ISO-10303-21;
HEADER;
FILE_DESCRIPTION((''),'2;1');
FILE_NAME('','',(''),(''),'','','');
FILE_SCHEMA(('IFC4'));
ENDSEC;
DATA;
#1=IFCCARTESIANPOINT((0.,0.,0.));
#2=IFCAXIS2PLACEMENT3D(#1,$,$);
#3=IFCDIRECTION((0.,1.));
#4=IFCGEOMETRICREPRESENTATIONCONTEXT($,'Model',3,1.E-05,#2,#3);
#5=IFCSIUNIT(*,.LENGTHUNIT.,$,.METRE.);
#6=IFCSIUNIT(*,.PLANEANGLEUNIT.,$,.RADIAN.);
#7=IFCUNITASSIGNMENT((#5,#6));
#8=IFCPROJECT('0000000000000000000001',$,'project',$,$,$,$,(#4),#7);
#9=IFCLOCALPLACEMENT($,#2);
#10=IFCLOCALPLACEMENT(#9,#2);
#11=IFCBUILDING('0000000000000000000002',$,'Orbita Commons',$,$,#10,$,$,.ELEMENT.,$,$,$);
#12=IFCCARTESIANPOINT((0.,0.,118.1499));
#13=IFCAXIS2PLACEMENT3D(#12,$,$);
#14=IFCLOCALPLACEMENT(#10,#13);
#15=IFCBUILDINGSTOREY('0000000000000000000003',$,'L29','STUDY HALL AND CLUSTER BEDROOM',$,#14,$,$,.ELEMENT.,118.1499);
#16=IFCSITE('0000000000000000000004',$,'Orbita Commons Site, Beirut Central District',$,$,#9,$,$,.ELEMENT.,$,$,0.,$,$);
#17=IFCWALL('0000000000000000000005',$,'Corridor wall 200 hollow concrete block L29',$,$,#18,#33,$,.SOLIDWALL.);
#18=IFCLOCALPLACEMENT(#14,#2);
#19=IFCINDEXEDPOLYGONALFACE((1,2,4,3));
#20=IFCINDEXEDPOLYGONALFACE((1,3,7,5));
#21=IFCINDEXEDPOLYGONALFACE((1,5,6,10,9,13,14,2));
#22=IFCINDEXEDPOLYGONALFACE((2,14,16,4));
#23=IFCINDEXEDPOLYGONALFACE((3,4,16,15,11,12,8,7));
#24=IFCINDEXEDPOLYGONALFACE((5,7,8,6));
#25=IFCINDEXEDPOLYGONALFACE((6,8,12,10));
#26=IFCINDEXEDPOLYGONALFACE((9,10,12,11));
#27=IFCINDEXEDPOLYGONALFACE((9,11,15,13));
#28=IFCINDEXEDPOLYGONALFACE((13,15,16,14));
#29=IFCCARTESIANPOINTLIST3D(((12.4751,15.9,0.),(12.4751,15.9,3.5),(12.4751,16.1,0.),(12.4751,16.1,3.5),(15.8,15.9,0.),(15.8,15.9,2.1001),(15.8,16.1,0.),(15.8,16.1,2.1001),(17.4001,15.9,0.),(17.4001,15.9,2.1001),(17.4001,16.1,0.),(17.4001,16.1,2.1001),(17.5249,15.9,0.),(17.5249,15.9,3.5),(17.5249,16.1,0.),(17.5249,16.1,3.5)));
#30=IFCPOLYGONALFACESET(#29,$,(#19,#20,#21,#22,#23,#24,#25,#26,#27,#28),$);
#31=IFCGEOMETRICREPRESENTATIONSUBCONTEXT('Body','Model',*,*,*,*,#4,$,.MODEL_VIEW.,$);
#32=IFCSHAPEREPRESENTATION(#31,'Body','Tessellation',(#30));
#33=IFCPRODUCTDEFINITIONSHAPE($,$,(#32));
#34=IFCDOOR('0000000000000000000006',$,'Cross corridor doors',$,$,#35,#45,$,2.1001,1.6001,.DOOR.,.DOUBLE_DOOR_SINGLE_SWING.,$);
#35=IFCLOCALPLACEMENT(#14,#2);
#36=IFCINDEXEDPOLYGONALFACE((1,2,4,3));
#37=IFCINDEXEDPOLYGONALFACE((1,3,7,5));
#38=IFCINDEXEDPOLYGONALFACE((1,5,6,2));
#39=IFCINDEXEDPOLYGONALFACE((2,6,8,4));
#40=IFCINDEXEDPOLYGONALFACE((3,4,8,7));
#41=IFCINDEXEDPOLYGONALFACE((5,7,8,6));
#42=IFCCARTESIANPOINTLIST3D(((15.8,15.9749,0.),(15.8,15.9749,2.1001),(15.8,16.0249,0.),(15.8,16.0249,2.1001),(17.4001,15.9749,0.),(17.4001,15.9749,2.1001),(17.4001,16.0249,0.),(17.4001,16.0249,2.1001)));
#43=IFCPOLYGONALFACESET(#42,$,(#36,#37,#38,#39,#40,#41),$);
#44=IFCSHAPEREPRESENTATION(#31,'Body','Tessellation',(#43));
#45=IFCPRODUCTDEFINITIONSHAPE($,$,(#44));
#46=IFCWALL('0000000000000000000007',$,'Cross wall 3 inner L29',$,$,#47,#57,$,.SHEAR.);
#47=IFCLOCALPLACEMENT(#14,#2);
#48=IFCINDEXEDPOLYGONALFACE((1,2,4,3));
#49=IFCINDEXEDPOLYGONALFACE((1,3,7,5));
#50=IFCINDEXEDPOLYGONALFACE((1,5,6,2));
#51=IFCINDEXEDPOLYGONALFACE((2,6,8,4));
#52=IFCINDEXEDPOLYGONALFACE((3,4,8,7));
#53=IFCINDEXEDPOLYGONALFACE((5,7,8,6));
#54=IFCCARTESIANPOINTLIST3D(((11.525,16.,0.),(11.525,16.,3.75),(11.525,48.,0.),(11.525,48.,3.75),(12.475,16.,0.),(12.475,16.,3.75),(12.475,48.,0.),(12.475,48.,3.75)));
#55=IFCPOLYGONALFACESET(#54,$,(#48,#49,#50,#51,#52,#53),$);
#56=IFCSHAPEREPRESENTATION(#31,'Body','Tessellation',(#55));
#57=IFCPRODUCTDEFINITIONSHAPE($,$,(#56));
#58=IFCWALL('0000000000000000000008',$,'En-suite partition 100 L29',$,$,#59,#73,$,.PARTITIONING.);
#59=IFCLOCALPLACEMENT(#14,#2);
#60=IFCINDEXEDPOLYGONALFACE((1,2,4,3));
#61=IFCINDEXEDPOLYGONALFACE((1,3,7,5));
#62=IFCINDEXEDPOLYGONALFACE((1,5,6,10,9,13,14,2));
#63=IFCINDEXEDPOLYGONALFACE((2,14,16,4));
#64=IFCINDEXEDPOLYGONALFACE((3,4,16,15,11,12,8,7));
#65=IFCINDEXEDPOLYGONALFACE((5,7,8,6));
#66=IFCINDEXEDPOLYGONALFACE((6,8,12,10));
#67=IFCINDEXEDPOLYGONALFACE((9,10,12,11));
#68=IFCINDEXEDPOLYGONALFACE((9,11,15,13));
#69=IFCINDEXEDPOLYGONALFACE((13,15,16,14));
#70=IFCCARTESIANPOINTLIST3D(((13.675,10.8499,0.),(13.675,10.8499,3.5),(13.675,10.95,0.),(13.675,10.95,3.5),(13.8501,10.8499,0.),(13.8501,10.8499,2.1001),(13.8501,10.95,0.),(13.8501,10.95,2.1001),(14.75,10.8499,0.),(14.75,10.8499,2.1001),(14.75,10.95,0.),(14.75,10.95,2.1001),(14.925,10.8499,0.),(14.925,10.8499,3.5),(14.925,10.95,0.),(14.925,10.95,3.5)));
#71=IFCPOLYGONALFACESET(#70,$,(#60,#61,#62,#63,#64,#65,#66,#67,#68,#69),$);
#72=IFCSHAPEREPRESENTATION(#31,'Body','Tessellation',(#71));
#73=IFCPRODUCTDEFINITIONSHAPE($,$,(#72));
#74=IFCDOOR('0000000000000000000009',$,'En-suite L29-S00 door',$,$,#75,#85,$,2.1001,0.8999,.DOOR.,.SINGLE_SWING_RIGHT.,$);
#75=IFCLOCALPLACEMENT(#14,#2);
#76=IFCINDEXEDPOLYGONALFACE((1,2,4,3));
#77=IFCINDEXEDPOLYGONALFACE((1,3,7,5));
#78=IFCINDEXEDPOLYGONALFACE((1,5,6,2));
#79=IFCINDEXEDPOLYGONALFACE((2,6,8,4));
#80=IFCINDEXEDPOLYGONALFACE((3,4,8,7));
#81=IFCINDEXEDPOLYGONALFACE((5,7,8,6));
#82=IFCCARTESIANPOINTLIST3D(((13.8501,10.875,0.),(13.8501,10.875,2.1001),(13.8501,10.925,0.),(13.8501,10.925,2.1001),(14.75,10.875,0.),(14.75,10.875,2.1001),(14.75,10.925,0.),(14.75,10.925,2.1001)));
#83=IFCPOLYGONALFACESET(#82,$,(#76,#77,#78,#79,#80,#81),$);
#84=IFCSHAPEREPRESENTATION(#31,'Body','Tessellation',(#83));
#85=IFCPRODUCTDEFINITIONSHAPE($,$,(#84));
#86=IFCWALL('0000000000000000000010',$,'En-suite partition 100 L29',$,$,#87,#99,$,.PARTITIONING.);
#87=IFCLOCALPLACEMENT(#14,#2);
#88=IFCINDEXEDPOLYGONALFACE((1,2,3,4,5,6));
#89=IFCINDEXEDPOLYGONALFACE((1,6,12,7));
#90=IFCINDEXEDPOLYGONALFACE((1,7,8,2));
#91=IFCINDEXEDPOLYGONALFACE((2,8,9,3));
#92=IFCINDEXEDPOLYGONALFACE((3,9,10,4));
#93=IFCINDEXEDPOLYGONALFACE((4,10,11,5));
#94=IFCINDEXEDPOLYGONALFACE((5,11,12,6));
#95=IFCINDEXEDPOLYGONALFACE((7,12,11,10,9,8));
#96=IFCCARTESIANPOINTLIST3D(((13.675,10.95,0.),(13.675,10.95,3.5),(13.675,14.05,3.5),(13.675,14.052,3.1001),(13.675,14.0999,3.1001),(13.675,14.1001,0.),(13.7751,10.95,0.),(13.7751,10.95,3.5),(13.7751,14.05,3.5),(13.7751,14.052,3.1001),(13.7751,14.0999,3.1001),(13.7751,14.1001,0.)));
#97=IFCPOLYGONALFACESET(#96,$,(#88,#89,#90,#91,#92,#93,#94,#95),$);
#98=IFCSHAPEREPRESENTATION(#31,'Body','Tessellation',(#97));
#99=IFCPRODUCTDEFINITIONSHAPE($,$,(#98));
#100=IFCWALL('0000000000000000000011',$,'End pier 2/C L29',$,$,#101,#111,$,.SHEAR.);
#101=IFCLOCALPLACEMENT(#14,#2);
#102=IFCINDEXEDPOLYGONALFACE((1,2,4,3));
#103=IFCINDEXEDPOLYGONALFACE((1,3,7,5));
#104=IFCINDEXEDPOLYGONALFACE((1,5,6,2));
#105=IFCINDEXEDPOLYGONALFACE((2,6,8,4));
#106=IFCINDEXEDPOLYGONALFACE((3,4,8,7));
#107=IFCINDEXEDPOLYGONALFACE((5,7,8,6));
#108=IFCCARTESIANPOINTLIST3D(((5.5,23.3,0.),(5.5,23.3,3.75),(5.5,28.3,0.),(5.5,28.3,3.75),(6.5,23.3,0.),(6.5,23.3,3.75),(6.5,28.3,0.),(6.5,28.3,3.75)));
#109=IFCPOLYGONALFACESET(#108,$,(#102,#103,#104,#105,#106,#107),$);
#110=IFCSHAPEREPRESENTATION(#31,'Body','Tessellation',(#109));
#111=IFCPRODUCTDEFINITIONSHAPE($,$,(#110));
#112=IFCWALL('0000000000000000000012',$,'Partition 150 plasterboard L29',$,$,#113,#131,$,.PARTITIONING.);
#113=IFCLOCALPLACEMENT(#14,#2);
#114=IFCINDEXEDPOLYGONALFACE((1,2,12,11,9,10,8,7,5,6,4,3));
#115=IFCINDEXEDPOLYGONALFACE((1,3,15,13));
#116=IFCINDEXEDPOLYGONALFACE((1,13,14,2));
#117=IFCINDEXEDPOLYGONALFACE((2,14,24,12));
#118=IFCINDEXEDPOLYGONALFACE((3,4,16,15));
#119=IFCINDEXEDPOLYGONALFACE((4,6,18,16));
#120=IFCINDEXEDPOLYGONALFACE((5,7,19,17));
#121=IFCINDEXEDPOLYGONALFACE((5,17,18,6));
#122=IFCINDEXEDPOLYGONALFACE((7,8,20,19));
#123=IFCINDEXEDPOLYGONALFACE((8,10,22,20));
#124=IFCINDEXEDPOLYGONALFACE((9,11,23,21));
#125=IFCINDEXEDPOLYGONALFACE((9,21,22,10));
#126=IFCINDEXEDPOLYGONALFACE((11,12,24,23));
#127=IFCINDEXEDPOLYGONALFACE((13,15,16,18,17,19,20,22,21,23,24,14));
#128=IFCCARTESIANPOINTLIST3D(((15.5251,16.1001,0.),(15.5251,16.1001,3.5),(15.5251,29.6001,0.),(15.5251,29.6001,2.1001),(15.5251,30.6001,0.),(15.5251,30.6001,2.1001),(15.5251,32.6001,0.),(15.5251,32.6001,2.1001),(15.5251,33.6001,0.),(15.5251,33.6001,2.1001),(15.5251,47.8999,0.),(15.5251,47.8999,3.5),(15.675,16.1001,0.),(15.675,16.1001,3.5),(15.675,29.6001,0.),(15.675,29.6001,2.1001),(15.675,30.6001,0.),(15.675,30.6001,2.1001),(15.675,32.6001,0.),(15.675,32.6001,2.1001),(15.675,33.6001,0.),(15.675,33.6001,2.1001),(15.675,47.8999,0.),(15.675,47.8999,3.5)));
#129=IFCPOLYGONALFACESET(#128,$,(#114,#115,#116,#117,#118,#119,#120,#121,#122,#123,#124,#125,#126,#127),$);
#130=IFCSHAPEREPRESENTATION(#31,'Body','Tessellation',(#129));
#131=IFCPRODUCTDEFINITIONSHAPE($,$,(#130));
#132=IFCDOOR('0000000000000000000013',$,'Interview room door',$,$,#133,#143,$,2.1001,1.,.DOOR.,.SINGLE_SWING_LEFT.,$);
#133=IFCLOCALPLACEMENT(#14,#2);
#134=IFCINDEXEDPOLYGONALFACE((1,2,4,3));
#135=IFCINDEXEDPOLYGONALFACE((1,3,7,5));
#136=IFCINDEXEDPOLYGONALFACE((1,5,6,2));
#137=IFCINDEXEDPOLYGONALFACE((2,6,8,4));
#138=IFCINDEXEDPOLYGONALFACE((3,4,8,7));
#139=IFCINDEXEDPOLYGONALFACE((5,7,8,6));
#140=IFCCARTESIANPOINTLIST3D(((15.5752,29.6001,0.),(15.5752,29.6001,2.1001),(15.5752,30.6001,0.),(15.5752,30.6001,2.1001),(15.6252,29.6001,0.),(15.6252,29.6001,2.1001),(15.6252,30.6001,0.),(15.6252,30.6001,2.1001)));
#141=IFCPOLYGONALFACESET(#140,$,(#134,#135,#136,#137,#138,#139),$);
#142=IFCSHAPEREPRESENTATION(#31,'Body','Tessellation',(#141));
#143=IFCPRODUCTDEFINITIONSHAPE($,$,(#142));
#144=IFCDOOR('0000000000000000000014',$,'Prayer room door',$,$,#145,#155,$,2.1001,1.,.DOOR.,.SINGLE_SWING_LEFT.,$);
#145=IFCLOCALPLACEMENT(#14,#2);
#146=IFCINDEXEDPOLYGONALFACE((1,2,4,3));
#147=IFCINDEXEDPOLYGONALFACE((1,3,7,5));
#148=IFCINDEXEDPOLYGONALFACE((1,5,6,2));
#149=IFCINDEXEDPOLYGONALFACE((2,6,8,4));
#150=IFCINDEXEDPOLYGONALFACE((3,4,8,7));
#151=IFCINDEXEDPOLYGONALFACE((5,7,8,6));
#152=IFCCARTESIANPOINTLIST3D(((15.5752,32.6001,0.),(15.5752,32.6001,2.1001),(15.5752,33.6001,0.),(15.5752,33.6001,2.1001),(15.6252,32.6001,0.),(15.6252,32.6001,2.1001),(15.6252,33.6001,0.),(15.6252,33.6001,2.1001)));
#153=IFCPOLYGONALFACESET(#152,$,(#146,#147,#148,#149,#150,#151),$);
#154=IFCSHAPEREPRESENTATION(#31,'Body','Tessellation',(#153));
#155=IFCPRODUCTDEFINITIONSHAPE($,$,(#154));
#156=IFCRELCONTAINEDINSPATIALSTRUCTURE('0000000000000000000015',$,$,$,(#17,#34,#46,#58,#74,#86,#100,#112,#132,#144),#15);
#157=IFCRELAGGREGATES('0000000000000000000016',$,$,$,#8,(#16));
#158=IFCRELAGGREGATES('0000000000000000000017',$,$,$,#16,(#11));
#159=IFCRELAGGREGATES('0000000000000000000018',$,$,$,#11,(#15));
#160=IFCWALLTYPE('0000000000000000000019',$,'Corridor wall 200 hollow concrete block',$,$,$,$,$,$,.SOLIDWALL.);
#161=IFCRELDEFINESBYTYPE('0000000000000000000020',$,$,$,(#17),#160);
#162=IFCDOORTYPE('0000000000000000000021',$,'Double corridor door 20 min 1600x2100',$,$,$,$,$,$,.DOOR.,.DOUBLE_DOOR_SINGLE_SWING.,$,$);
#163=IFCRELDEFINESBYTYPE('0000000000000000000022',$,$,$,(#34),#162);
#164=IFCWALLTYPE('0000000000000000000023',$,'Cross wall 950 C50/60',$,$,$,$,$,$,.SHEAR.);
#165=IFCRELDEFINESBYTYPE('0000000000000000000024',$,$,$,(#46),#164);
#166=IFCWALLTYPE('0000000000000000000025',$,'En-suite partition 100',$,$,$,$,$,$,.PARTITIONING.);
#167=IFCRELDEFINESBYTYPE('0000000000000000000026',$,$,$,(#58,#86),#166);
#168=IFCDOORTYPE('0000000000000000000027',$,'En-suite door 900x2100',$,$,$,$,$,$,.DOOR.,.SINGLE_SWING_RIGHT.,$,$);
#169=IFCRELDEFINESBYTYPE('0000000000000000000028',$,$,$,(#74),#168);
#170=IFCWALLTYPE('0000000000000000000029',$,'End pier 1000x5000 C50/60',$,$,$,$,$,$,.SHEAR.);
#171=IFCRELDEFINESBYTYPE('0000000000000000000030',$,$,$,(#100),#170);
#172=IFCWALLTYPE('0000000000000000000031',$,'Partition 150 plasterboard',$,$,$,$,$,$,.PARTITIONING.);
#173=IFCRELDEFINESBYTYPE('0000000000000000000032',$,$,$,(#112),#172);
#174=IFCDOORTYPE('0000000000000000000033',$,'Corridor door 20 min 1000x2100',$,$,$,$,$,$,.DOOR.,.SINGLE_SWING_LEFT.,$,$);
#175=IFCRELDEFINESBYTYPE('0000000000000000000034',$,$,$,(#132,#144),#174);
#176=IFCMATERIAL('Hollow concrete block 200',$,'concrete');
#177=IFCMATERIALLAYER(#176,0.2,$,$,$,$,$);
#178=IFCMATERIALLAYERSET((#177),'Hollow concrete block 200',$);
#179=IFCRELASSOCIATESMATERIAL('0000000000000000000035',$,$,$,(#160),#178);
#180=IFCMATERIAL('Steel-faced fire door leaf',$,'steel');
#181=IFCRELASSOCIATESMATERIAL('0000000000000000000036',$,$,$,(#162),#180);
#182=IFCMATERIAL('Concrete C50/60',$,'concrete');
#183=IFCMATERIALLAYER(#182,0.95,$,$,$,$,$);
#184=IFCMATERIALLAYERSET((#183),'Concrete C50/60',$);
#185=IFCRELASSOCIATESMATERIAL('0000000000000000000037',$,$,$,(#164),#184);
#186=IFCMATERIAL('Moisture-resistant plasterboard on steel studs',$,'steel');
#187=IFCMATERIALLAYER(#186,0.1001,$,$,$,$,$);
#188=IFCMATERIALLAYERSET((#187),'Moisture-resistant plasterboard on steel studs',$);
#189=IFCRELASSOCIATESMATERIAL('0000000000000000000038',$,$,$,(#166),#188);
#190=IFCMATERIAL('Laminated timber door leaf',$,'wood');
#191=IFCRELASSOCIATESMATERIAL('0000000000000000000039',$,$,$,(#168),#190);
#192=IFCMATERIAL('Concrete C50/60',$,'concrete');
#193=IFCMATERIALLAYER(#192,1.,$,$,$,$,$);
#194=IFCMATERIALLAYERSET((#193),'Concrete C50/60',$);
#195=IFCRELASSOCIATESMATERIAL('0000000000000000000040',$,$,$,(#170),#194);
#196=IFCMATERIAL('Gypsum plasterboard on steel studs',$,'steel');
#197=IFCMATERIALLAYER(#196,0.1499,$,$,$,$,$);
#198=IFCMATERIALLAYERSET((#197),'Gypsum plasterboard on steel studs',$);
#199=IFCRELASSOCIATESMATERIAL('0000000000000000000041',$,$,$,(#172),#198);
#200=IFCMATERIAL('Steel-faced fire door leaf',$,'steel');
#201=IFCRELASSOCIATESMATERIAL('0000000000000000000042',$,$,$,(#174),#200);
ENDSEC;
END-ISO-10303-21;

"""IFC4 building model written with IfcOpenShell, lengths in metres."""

from ifc_helpers import new_model, si_unit, direction, frame, frame_2d, origin, place, context, subcontext, project, spatial, polyline, rectangle, outline, extrude, material, layer, layer_set, type_object, element, fill, save


model = new_model("IFC4")

# Units and contexts
model_context = context("Model", 3, precision=1e-05, world=origin(), true_north=direction((0.0, 1.0)))
body_context = subcontext(model_context, "Body", "Model", "MODEL_VIEW")
ifc_project = project(units=[si_unit("LENGTHUNIT", "METRE"), si_unit("PLANEANGLEUNIT", "RADIAN")], contexts=[model_context])

# Site, building, storey
site_placement = place(None, origin())
site = spatial("IfcSite", under=ifc_project, at=site_placement, Name="Orbita Commons Site, Beirut Central District", CompositionType="ELEMENT", RefElevation=0.0)
building_placement = place(site_placement, origin())
building = spatial("IfcBuilding", under=site, at=building_placement, Name="Orbita Commons", CompositionType="ELEMENT")
storey_placement = place(building_placement, frame((0.0, 0.0, 118.1499)))
storey = spatial("IfcBuildingStorey", under=building, at=storey_placement, Name="L29", Description="STUDY HALL AND CLUSTER BEDROOM", CompositionType="ELEMENT", Elevation=118.1499)

# Wall, opening, door
ifc_material_1 = material(Name="Hollow concrete block 200", Category="concrete")
ifc_layer_1 = layer(ifc_material_1, 0.2)
ifc_layer_set_1 = layer_set([ifc_layer_1], Name="Hollow concrete block 200")
wall_type_1 = type_object("IfcWallType", Name="Corridor wall 200 hollow concrete block", PredefinedType="SOLIDWALL", material=ifc_layer_set_1)
wall_1_placement = place(storey_placement, frame((12.4751, 16.0, 0.0), z_axis=(0.0, 0.0, 1.0), x_axis=(1.0, 0.0, 0.0)))
wall_1 = element("IfcWall", 1, at=wall_1_placement, inside=storey, type_object=wall_type_1, Name="Corridor wall 200 hollow concrete block L29", PredefinedType="SOLIDWALL", context=body_context, shape_type="SweptSolid", body=[
    extrude(rectangle(XDim=5.0498, YDim=0.2, at=frame_2d((2.5249, 0.0))), origin(), (0.0, 0.0, 1.0), 3.5),
])
opening_1_placement = place(wall_1_placement, frame((3.325, 0.0, 0.0)))
opening_1 = element("IfcOpeningElement", 2, at=opening_1_placement, cuts=wall_1, PredefinedType="OPENING", context=body_context, shape_type="SweptSolid", body=[
    extrude(rectangle(XDim=1.6001, YDim=2.1001, at=frame_2d((0.8, 1.05))), frame((0.0, 0.1099, 0.0), z_axis=(0.0, -1.0, 0.0), x_axis=(1.0, 0.0, 0.0)), (0.0, 0.0, 1.0), 0.22),
])
ifc_material_2 = material(Name="Steel-faced fire door leaf", Category="steel")
door_type_1 = type_object("IfcDoorType", Name="Double corridor door 20 min 1600x2100", OperationType="DOUBLE_DOOR_SINGLE_SWING", PredefinedType="DOOR", material=ifc_material_2)
door_1_placement = place(opening_1_placement, origin())
door_1 = element("IfcDoor", 3, at=door_1_placement, inside=storey, type_object=door_type_1, Name="Cross corridor doors", OperationType="DOUBLE_DOOR_SINGLE_SWING", OverallHeight=2.1001, OverallWidth=1.6001, PredefinedType="DOOR", context=body_context, shape_type="SweptSolid", body=[
    extrude(rectangle(XDim=1.6001, YDim=2.1001, at=frame_2d((0.8, 1.05))), frame((0.0, 0.0249, 0.0), z_axis=(0.0, -1.0, 0.0), x_axis=(1.0, 0.0, 0.0)), (0.0, 0.0, 1.0), 0.05),
])
fill(opening_1, door_1)

# Wall
ifc_material_3 = material(Name="Concrete C50/60", Category="concrete")
ifc_layer_2 = layer(ifc_material_3, 0.95)
ifc_layer_set_2 = layer_set([ifc_layer_2], Name="Concrete C50/60")
wall_type_2 = type_object("IfcWallType", Name="Cross wall 950 C50/60", PredefinedType="SHEAR", material=ifc_layer_set_2)
wall_2_placement = place(storey_placement, frame((12.0, 16.0, 0.0), z_axis=(0.0, 0.0, 1.0), x_axis=(0.0, 1.0, 0.0)))
element("IfcWall", 4, at=wall_2_placement, inside=storey, type_object=wall_type_2, Name="Cross wall 3 inner L29", PredefinedType="SHEAR", context=body_context, shape_type="SweptSolid", body=[
    extrude(rectangle(XDim=32.0, YDim=0.95, at=frame_2d((16.0, 0.0))), origin(), (0.0, 0.0, 1.0), 3.75),
])

# Wall, opening, door
ifc_material_4 = material(Name="Moisture-resistant plasterboard on steel studs", Category="steel")
ifc_layer_3 = layer(ifc_material_4, 0.1001)
ifc_layer_set_3 = layer_set([ifc_layer_3], Name="Moisture-resistant plasterboard on steel studs")
wall_type_3 = type_object("IfcWallType", Name="En-suite partition 100", PredefinedType="PARTITIONING", material=ifc_layer_set_3)
wall_3_placement = place(storey_placement, frame((14.925, 10.8999, 0.0), z_axis=(0.0, 0.0, 1.0), x_axis=(-1.0, 0.0, 0.0)))
wall_3 = element("IfcWall", 5, at=wall_3_placement, inside=storey, type_object=wall_type_3, Name="En-suite partition 100 L29", PredefinedType="PARTITIONING", context=body_context, shape_type="SweptSolid", body=[
    extrude(rectangle(XDim=1.25, YDim=0.1001, at=frame_2d((0.625, 0.0))), origin(), (0.0, 0.0, 1.0), 3.5),
])
opening_2_placement = place(wall_3_placement, frame((0.175, 0.0, 0.0)))
opening_2 = element("IfcOpeningElement", 6, at=opening_2_placement, cuts=wall_3, PredefinedType="OPENING", context=body_context, shape_type="SweptSolid", body=[
    extrude(rectangle(XDim=0.8999, YDim=2.1001, at=frame_2d((0.45, 1.05))), frame((0.0, 0.0601, 0.0), z_axis=(0.0, -1.0, 0.0), x_axis=(1.0, 0.0, 0.0)), (0.0, 0.0, 1.0), 0.1201),
])
ifc_material_5 = material(Name="Laminated timber door leaf", Category="wood")
door_type_2 = type_object("IfcDoorType", Name="En-suite door 900x2100", OperationType="SINGLE_SWING_RIGHT", PredefinedType="DOOR", material=ifc_material_5)
door_2_placement = place(opening_2_placement, origin())
door_2 = element("IfcDoor", 7, at=door_2_placement, inside=storey, type_object=door_type_2, Name="En-suite L29-S00 door", OperationType="SINGLE_SWING_RIGHT", OverallHeight=2.1001, OverallWidth=0.8999, PredefinedType="DOOR", context=body_context, shape_type="SweptSolid", body=[
    extrude(rectangle(XDim=0.8999, YDim=2.1001, at=frame_2d((0.45, 1.05))), frame((0.0, 0.0249, 0.0), z_axis=(0.0, -1.0, 0.0), x_axis=(1.0, 0.0, 0.0)), (0.0, 0.0, 1.0), 0.05),
])
fill(opening_2, door_2)

# Walls
wall_4_placement = place(storey_placement, frame((13.7251, 10.95, 0.0), z_axis=(0.0, 0.0, 1.0), x_axis=(0.0, 1.0, 0.0)))
element("IfcWall", 8, at=wall_4_placement, inside=storey, type_object=wall_type_3, Name="En-suite partition 100 L29", PredefinedType="PARTITIONING", context=body_context, shape_type="SweptSolid", body=[
    extrude(outline(polyline([(0.0, 0.0), (3.1501, 0.0), (3.1499, 3.1001), (3.1021, 3.1001), (3.1001, 3.5), (0.0, 3.5), (0.0, 0.0)])), frame((0.0, 0.05, 0.0), z_axis=(0.0, -1.0, 0.0), x_axis=(1.0, 0.0, 0.0)), (0.0, 0.0, 1.0), 0.1001),
])
ifc_material_6 = material(Name="Concrete C50/60", Category="concrete")
ifc_layer_4 = layer(ifc_material_6, 1.0)
ifc_layer_set_4 = layer_set([ifc_layer_4], Name="Concrete C50/60")
wall_type_4 = type_object("IfcWallType", Name="End pier 1000x5000 C50/60", PredefinedType="SHEAR", material=ifc_layer_set_4)
wall_5_placement = place(storey_placement, frame((6.0, 23.3, 0.0), z_axis=(0.0, 0.0, 1.0), x_axis=(0.0, 1.0, 0.0)))
element("IfcWall", 9, at=wall_5_placement, inside=storey, type_object=wall_type_4, Name="End pier 2/C L29", PredefinedType="SHEAR", context=body_context, shape_type="SweptSolid", body=[
    extrude(rectangle(XDim=5.0, YDim=1.0, at=frame_2d((2.5, 0.0))), origin(), (0.0, 0.0, 1.0), 3.75),
])

# Wall, openings, doors
ifc_material_7 = material(Name="Gypsum plasterboard on steel studs", Category="steel")
ifc_layer_5 = layer(ifc_material_7, 0.1499)
ifc_layer_set_5 = layer_set([ifc_layer_5], Name="Gypsum plasterboard on steel studs")
wall_type_5 = type_object("IfcWallType", Name="Partition 150 plasterboard", PredefinedType="PARTITIONING", material=ifc_layer_set_5)
wall_6_placement = place(storey_placement, frame((15.6001, 16.1001, 0.0), z_axis=(0.0, 0.0, 1.0), x_axis=(0.0, 1.0, 0.0)))
wall_6 = element("IfcWall", 10, at=wall_6_placement, inside=storey, type_object=wall_type_5, Name="Partition 150 plasterboard L29", PredefinedType="PARTITIONING", context=body_context, shape_type="SweptSolid", body=[
    extrude(rectangle(XDim=31.7998, YDim=0.1499, at=frame_2d((15.8999, 0.0))), origin(), (0.0, 0.0, 1.0), 3.5),
])
opening_3_placement = place(wall_6_placement, frame((13.5, 0.0, 0.0)))
opening_3 = element("IfcOpeningElement", 11, at=opening_3_placement, cuts=wall_6, PredefinedType="OPENING", context=body_context, shape_type="SweptSolid", body=[
    extrude(rectangle(XDim=1.0, YDim=2.1001, at=frame_2d((0.5, 1.05))), frame((0.0, 0.085, 0.0), z_axis=(0.0, -1.0, 0.0), x_axis=(1.0, 0.0, 0.0)), (0.0, 0.0, 1.0), 0.1699),
])
opening_4_placement = place(wall_6_placement, frame((16.5, 0.0, 0.0)))
opening_4 = element("IfcOpeningElement", 12, at=opening_4_placement, cuts=wall_6, PredefinedType="OPENING", context=body_context, shape_type="SweptSolid", body=[
    extrude(rectangle(XDim=1.0, YDim=2.1001, at=frame_2d((0.5, 1.05))), frame((0.0, 0.085, 0.0), z_axis=(0.0, -1.0, 0.0), x_axis=(1.0, 0.0, 0.0)), (0.0, 0.0, 1.0), 0.1699),
])
ifc_material_8 = material(Name="Steel-faced fire door leaf", Category="steel")
door_type_3 = type_object("IfcDoorType", Name="Corridor door 20 min 1000x2100", OperationType="SINGLE_SWING_LEFT", PredefinedType="DOOR", material=ifc_material_8)
door_3_placement = place(opening_3_placement, origin())
door_3 = element("IfcDoor", 13, at=door_3_placement, inside=storey, type_object=door_type_3, Name="Interview room door", OperationType="SINGLE_SWING_LEFT", OverallHeight=2.1001, OverallWidth=1.0, PredefinedType="DOOR", context=body_context, shape_type="SweptSolid", body=[
    extrude(rectangle(XDim=1.0, YDim=2.1001, at=frame_2d((0.5, 1.05))), frame((0.0, 0.0249, 0.0), z_axis=(0.0, -1.0, 0.0), x_axis=(1.0, 0.0, 0.0)), (0.0, 0.0, 1.0), 0.05),
])
fill(opening_3, door_3)
door_4_placement = place(opening_4_placement, origin())
door_4 = element("IfcDoor", 14, at=door_4_placement, inside=storey, type_object=door_type_3, Name="Prayer room door", OperationType="SINGLE_SWING_LEFT", OverallHeight=2.1001, OverallWidth=1.0, PredefinedType="DOOR", context=body_context, shape_type="SweptSolid", body=[
    extrude(rectangle(XDim=1.0, YDim=2.1001, at=frame_2d((0.5, 1.05))), frame((0.0, 0.0249, 0.0), z_axis=(0.0, -1.0, 0.0), x_axis=(1.0, 0.0, 0.0)), (0.0, 0.0, 1.0), 0.05),
])
fill(opening_4, door_4)

save(model, "model.ifc")
